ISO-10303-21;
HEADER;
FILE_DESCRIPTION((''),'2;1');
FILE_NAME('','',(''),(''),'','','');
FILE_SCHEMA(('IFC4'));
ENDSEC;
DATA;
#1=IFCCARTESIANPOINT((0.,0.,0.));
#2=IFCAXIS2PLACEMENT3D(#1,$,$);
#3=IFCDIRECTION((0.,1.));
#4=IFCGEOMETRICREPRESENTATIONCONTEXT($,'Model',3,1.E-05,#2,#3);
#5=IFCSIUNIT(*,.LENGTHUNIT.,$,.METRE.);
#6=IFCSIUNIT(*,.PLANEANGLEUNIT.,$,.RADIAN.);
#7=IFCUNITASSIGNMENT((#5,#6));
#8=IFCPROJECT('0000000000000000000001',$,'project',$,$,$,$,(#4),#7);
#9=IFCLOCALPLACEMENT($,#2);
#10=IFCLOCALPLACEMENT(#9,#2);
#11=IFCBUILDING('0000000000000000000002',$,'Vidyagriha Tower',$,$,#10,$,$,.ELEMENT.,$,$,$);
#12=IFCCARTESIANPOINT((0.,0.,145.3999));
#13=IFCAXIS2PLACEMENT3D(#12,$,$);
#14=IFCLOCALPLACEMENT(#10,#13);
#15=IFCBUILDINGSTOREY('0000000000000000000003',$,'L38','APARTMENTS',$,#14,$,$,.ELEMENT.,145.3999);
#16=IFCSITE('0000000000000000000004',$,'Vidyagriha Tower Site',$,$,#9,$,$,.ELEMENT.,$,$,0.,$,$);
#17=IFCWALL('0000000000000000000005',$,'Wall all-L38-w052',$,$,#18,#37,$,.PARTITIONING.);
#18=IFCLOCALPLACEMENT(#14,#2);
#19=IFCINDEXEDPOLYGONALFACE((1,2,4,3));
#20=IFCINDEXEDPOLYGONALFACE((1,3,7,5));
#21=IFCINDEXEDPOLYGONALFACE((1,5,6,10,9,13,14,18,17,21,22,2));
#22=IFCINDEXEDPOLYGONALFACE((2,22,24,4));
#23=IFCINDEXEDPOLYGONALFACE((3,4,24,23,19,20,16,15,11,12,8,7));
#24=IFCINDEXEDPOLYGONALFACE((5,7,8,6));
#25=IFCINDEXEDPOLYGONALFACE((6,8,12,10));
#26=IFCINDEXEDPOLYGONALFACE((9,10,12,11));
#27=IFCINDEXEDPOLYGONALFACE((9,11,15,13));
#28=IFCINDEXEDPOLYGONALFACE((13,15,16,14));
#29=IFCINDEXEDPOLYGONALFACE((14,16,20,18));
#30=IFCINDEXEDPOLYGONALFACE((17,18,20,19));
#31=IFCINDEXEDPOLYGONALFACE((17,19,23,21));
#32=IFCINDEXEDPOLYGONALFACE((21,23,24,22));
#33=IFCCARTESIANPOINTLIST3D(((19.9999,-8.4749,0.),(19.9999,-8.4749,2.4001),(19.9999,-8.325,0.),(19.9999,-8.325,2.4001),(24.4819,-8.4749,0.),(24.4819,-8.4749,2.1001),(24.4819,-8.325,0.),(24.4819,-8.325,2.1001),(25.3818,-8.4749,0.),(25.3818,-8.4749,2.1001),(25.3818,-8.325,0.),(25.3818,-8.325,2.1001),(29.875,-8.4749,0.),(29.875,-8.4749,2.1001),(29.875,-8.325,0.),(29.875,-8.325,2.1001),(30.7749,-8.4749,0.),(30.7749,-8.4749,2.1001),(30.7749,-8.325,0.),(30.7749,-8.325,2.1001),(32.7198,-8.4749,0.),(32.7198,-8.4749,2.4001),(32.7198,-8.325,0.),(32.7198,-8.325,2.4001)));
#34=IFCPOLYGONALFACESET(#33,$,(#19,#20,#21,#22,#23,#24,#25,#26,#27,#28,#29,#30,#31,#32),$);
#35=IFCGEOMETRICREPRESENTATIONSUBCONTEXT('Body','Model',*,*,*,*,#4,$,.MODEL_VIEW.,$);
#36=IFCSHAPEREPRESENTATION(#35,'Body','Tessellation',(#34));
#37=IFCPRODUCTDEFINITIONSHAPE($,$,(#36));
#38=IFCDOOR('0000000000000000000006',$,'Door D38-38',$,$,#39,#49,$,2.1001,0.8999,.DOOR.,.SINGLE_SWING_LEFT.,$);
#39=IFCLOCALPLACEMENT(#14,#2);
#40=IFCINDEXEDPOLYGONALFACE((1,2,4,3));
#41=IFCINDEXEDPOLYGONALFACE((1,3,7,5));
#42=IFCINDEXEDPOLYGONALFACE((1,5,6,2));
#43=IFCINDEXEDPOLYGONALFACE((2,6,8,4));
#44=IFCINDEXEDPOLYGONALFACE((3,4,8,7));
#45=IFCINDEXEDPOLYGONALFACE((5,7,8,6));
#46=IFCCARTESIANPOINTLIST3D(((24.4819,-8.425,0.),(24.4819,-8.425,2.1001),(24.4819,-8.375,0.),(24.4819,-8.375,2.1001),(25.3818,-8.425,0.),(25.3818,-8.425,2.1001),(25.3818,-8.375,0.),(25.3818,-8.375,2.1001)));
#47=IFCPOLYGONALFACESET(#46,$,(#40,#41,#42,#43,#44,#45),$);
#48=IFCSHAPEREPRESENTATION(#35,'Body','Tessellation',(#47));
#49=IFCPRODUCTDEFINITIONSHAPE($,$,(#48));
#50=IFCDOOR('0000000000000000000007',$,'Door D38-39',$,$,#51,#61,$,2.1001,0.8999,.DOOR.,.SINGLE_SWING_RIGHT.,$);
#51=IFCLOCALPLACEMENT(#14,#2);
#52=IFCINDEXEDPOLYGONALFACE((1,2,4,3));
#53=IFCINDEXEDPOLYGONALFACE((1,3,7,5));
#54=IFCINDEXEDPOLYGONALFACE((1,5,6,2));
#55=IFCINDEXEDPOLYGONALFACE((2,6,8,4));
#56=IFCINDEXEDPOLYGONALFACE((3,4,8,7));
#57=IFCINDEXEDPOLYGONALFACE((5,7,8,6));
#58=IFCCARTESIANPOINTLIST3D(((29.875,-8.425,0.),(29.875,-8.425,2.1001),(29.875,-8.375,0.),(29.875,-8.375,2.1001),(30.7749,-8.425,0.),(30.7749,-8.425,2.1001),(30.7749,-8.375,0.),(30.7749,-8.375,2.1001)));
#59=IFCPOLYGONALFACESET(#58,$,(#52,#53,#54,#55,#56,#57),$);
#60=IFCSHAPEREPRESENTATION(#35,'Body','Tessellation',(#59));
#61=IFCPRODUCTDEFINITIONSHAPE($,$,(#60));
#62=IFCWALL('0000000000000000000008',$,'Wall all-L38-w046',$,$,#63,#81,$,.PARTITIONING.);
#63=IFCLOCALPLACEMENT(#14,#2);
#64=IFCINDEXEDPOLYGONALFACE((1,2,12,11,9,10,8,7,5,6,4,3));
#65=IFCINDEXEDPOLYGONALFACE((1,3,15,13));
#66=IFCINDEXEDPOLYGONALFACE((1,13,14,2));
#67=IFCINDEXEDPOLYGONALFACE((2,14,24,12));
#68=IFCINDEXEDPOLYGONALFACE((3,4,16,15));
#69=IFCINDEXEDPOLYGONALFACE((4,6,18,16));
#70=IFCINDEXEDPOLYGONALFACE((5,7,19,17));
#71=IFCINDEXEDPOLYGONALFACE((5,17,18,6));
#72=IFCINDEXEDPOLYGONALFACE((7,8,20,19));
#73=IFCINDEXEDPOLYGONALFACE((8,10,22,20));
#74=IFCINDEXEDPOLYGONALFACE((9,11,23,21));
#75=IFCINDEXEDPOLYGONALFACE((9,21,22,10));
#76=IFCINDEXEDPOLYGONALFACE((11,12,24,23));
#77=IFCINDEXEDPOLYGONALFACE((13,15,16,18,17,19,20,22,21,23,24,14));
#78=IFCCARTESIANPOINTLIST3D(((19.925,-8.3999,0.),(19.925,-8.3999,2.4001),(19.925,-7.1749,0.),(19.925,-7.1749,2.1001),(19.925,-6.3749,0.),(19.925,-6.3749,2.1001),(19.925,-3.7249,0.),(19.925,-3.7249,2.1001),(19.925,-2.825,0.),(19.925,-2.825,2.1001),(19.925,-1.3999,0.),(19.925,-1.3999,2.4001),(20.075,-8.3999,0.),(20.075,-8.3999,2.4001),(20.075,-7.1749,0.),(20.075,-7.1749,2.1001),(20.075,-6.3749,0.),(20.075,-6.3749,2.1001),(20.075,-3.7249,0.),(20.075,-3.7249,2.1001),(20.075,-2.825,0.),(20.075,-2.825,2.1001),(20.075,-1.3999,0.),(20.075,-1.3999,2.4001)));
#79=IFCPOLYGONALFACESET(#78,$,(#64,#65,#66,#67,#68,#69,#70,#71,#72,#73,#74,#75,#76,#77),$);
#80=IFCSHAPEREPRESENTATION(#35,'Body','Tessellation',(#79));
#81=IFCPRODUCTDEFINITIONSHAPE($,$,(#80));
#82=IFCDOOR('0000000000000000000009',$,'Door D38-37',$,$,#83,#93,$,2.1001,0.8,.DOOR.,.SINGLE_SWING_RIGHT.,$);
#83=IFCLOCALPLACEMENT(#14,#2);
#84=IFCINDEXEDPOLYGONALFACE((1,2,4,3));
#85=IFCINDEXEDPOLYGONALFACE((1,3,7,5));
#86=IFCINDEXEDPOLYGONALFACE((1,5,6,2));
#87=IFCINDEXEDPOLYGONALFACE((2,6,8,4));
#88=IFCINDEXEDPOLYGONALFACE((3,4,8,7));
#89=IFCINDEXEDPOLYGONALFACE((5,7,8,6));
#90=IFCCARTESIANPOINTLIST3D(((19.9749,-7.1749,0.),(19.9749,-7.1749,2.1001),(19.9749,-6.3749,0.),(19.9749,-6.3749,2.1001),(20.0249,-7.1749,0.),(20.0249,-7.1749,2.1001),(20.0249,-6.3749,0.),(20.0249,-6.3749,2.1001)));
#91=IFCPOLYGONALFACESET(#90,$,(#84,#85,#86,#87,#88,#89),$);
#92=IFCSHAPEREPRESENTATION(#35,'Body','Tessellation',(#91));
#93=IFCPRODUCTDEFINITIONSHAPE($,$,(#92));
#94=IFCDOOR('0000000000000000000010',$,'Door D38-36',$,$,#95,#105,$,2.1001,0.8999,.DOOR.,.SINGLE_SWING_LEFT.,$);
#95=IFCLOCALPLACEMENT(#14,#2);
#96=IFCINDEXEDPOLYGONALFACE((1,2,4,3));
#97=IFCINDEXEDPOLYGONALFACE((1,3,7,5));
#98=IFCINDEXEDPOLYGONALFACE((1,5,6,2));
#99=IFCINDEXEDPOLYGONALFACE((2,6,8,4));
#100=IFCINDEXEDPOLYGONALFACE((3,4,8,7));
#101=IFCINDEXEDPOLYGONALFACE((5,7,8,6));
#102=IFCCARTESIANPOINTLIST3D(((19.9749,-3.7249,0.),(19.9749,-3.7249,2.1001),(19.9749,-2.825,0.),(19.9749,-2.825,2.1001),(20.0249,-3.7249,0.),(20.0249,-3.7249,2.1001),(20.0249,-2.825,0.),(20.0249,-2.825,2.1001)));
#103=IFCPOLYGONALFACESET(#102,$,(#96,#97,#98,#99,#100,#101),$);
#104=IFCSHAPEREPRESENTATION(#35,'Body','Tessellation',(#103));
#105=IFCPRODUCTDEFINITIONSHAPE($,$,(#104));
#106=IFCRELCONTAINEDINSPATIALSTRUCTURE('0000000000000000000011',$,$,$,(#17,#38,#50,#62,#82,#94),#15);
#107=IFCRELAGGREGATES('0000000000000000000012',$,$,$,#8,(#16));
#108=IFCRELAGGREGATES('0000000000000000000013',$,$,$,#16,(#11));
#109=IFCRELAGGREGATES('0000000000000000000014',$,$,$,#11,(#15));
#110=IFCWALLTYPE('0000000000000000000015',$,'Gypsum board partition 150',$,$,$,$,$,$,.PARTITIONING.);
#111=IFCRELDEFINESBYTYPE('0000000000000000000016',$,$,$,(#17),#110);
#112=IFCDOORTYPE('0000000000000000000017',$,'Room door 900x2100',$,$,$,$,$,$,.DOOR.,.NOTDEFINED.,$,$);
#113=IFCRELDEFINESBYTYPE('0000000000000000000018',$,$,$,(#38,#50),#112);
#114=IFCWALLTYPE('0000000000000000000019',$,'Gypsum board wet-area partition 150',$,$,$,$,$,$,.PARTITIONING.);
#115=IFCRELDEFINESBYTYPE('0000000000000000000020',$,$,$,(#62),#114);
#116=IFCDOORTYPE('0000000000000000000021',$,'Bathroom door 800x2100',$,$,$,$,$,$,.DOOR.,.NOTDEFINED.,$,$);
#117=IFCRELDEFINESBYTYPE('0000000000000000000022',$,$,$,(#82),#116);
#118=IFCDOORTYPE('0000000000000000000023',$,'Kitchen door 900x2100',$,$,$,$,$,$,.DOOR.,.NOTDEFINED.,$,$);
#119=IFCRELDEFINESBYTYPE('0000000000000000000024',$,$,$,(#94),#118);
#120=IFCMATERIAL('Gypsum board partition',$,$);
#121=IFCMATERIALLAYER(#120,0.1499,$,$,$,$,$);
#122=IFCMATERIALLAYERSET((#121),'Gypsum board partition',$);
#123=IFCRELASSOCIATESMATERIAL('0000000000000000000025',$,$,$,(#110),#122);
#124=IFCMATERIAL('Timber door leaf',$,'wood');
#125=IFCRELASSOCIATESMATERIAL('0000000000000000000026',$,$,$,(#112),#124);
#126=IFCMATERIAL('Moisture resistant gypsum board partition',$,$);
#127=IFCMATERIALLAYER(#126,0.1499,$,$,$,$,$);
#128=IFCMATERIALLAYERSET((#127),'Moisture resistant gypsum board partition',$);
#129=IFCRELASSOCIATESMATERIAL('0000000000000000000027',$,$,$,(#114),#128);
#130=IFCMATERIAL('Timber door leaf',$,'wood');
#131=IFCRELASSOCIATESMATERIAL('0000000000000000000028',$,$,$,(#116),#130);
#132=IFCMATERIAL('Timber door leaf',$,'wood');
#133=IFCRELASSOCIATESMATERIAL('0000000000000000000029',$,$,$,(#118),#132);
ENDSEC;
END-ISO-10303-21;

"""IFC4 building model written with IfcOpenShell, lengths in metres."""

from ifc_helpers import new_model, si_unit, direction, frame, frame_2d, origin, place, context, subcontext, project, spatial, rectangle, extrude, material, layer, layer_set, type_object, element, fill, save


model = new_model("IFC4")

# Units and contexts
model_context = context("Model", 3, precision=1e-05, world=origin(), true_north=direction((0.0, 1.0)))
body_context = subcontext(model_context, "Body", "Model", "MODEL_VIEW")
ifc_project = project(units=[si_unit("LENGTHUNIT", "METRE"), si_unit("PLANEANGLEUNIT", "RADIAN")], contexts=[model_context])

# Site, building, storey
site_placement = place(None, origin())
site = spatial("IfcSite", under=ifc_project, at=site_placement, Name="Vidyagriha Tower Site", CompositionType="ELEMENT", RefElevation=0.0)
building_placement = place(site_placement, origin())
building = spatial("IfcBuilding", under=site, at=building_placement, Name="Vidyagriha Tower", CompositionType="ELEMENT")
storey_placement = place(building_placement, frame((0.0, 0.0, 145.3999)))
storey = spatial("IfcBuildingStorey", under=building, at=storey_placement, Name="L38", Description="APARTMENTS", CompositionType="ELEMENT", Elevation=145.3999)

# Shared definitions
ifc_material_1 = material(Name="Gypsum board partition")
ifc_layer_1 = layer(ifc_material_1, 0.1499)
ifc_layer_set_1 = layer_set([ifc_layer_1], Name="Gypsum board partition")
wall_type_1 = type_object("IfcWallType", Name="Gypsum board partition 150", PredefinedType="PARTITIONING", material=ifc_layer_set_1)
ifc_material_2 = material(Name="Timber door leaf", Category="wood")
door_type_1 = type_object("IfcDoorType", Name="Room door 900x2100", OperationType="NOTDEFINED", PredefinedType="DOOR", material=ifc_material_2)

# Walls, openings, doors
wall_1_placement = place(storey_placement, frame((20.0, -8.3999, 0.0)))
wall_1 = element("IfcWall", 1, at=wall_1_placement, inside=storey, type_object=wall_type_1, Name="Wall all-L38-w052", PredefinedType="PARTITIONING", context=body_context, shape_type="SweptSolid", body=[
    extrude(rectangle(XDim=12.72, YDim=0.1499, at=frame_2d((6.3599, 0.0))), origin(), (0.0, 0.0, 1.0), 2.4001),
])
opening_1_placement = place(wall_1_placement, frame((4.4819, 0.0, 0.0)))
opening_1 = element("IfcOpeningElement", 2, at=opening_1_placement, cuts=wall_1, PredefinedType="OPENING", context=body_context, shape_type="SweptSolid", body=[
    extrude(rectangle(XDim=0.8999, YDim=2.1001, at=frame_2d((0.45, 1.05))), frame((0.0, 0.085, 0.0), z_axis=(0.0, -1.0, 0.0), x_axis=(1.0, 0.0, 0.0)), (0.0, 0.0, 1.0), 0.1699),
])
opening_2_placement = place(wall_1_placement, frame((9.875, 0.0, 0.0)))
opening_2 = element("IfcOpeningElement", 3, at=opening_2_placement, cuts=wall_1, PredefinedType="OPENING", context=body_context, shape_type="SweptSolid", body=[
    extrude(rectangle(XDim=0.8999, YDim=2.1001, at=frame_2d((0.45, 1.05))), frame((0.0, 0.085, 0.0), z_axis=(0.0, -1.0, 0.0), x_axis=(1.0, 0.0, 0.0)), (0.0, 0.0, 1.0), 0.1699),
])
door_1_placement = place(opening_1_placement, origin())
door_1 = element("IfcDoor", 4, at=door_1_placement, inside=storey, type_object=door_type_1, Name="Door D38-38", OperationType="SINGLE_SWING_LEFT", OverallHeight=2.1001, OverallWidth=0.8999, PredefinedType="DOOR", context=body_context, shape_type="SweptSolid", body=[
    extrude(rectangle(XDim=0.8999, YDim=2.1001, at=frame_2d((0.45, 1.05))), frame((0.0, 0.0249, 0.0), z_axis=(0.0, -1.0, 0.0), x_axis=(1.0, 0.0, 0.0)), (0.0, 0.0, 1.0), 0.05),
])
fill(opening_1, door_1)
door_2_placement = place(opening_2_placement, origin())
door_2 = element("IfcDoor", 5, at=door_2_placement, inside=storey, type_object=door_type_1, Name="Door D38-39", OperationType="SINGLE_SWING_RIGHT", OverallHeight=2.1001, OverallWidth=0.8999, PredefinedType="DOOR", context=body_context, shape_type="SweptSolid", body=[
    extrude(rectangle(XDim=0.8999, YDim=2.1001, at=frame_2d((0.45, 1.05))), frame((0.0, 0.0249, 0.0), z_axis=(0.0, -1.0, 0.0), x_axis=(1.0, 0.0, 0.0)), (0.0, 0.0, 1.0), 0.05),
])
fill(opening_2, door_2)
ifc_material_3 = material(Name="Moisture resistant gypsum board partition")
ifc_layer_2 = layer(ifc_material_3, 0.1499)
ifc_layer_set_2 = layer_set([ifc_layer_2], Name="Moisture resistant gypsum board partition")
wall_type_2 = type_object("IfcWallType", Name="Gypsum board wet-area partition 150", PredefinedType="PARTITIONING", material=ifc_layer_set_2)
wall_2_placement = place(storey_placement, frame((20.0, -1.3999, 0.0), z_axis=(0.0, 0.0, 1.0), x_axis=(0.0, -1.0, 0.0)))
wall_2 = element("IfcWall", 6, at=wall_2_placement, inside=storey, type_object=wall_type_2, Name="Wall all-L38-w046", PredefinedType="PARTITIONING", context=body_context, shape_type="SweptSolid", body=[
    extrude(rectangle(XDim=7.0, YDim=0.1499, at=frame_2d((3.5, 0.0))), origin(), (0.0, 0.0, 1.0), 2.4001),
])
opening_3_placement = place(wall_2_placement, frame((1.425, 0.0, 0.0)))
opening_3 = element("IfcOpeningElement", 7, at=opening_3_placement, cuts=wall_2, PredefinedType="OPENING", context=body_context, shape_type="SweptSolid", body=[
    extrude(rectangle(XDim=0.8999, YDim=2.1001, at=frame_2d((0.45, 1.05))), frame((0.0, 0.085, 0.0), z_axis=(0.0, -1.0, 0.0), x_axis=(1.0, 0.0, 0.0)), (0.0, 0.0, 1.0), 0.1699),
])
opening_4_placement = place(wall_2_placement, frame((4.9751, 0.0, 0.0)))
opening_4 = element("IfcOpeningElement", 8, at=opening_4_placement, cuts=wall_2, PredefinedType="OPENING", context=body_context, shape_type="SweptSolid", body=[
    extrude(rectangle(XDim=0.8, YDim=2.1001, at=frame_2d((0.3999, 1.05))), frame((0.0, 0.085, 0.0), z_axis=(0.0, -1.0, 0.0), x_axis=(1.0, 0.0, 0.0)), (0.0, 0.0, 1.0), 0.1699),
])
ifc_material_4 = material(Name="Timber door leaf", Category="wood")
door_type_2 = type_object("IfcDoorType", Name="Bathroom door 800x2100", OperationType="NOTDEFINED", PredefinedType="DOOR", material=ifc_material_4)
door_3_placement = place(opening_4_placement, origin())
door_3 = element("IfcDoor", 9, at=door_3_placement, inside=storey, type_object=door_type_2, Name="Door D38-37", OperationType="SINGLE_SWING_RIGHT", OverallHeight=2.1001, OverallWidth=0.8, PredefinedType="DOOR", context=body_context, shape_type="SweptSolid", body=[
    extrude(rectangle(XDim=0.8, YDim=2.1001, at=frame_2d((0.3999, 1.05))), frame((0.0, 0.0249, 0.0), z_axis=(0.0, -1.0, 0.0), x_axis=(1.0, 0.0, 0.0)), (0.0, 0.0, 1.0), 0.05),
])
fill(opening_4, door_3)
ifc_material_5 = material(Name="Timber door leaf", Category="wood")
door_type_3 = type_object("IfcDoorType", Name="Kitchen door 900x2100", OperationType="NOTDEFINED", PredefinedType="DOOR", material=ifc_material_5)
door_4_placement = place(opening_3_placement, origin())
door_4 = element("IfcDoor", 10, at=door_4_placement, inside=storey, type_object=door_type_3, Name="Door D38-36", OperationType="SINGLE_SWING_LEFT", OverallHeight=2.1001, OverallWidth=0.8999, PredefinedType="DOOR", context=body_context, shape_type="SweptSolid", body=[
    extrude(rectangle(XDim=0.8999, YDim=2.1001, at=frame_2d((0.45, 1.05))), frame((0.0, 0.0249, 0.0), z_axis=(0.0, -1.0, 0.0), x_axis=(1.0, 0.0, 0.0)), (0.0, 0.0, 1.0), 0.05),
])
fill(opening_3, door_4)

save(model, "model.ifc")
